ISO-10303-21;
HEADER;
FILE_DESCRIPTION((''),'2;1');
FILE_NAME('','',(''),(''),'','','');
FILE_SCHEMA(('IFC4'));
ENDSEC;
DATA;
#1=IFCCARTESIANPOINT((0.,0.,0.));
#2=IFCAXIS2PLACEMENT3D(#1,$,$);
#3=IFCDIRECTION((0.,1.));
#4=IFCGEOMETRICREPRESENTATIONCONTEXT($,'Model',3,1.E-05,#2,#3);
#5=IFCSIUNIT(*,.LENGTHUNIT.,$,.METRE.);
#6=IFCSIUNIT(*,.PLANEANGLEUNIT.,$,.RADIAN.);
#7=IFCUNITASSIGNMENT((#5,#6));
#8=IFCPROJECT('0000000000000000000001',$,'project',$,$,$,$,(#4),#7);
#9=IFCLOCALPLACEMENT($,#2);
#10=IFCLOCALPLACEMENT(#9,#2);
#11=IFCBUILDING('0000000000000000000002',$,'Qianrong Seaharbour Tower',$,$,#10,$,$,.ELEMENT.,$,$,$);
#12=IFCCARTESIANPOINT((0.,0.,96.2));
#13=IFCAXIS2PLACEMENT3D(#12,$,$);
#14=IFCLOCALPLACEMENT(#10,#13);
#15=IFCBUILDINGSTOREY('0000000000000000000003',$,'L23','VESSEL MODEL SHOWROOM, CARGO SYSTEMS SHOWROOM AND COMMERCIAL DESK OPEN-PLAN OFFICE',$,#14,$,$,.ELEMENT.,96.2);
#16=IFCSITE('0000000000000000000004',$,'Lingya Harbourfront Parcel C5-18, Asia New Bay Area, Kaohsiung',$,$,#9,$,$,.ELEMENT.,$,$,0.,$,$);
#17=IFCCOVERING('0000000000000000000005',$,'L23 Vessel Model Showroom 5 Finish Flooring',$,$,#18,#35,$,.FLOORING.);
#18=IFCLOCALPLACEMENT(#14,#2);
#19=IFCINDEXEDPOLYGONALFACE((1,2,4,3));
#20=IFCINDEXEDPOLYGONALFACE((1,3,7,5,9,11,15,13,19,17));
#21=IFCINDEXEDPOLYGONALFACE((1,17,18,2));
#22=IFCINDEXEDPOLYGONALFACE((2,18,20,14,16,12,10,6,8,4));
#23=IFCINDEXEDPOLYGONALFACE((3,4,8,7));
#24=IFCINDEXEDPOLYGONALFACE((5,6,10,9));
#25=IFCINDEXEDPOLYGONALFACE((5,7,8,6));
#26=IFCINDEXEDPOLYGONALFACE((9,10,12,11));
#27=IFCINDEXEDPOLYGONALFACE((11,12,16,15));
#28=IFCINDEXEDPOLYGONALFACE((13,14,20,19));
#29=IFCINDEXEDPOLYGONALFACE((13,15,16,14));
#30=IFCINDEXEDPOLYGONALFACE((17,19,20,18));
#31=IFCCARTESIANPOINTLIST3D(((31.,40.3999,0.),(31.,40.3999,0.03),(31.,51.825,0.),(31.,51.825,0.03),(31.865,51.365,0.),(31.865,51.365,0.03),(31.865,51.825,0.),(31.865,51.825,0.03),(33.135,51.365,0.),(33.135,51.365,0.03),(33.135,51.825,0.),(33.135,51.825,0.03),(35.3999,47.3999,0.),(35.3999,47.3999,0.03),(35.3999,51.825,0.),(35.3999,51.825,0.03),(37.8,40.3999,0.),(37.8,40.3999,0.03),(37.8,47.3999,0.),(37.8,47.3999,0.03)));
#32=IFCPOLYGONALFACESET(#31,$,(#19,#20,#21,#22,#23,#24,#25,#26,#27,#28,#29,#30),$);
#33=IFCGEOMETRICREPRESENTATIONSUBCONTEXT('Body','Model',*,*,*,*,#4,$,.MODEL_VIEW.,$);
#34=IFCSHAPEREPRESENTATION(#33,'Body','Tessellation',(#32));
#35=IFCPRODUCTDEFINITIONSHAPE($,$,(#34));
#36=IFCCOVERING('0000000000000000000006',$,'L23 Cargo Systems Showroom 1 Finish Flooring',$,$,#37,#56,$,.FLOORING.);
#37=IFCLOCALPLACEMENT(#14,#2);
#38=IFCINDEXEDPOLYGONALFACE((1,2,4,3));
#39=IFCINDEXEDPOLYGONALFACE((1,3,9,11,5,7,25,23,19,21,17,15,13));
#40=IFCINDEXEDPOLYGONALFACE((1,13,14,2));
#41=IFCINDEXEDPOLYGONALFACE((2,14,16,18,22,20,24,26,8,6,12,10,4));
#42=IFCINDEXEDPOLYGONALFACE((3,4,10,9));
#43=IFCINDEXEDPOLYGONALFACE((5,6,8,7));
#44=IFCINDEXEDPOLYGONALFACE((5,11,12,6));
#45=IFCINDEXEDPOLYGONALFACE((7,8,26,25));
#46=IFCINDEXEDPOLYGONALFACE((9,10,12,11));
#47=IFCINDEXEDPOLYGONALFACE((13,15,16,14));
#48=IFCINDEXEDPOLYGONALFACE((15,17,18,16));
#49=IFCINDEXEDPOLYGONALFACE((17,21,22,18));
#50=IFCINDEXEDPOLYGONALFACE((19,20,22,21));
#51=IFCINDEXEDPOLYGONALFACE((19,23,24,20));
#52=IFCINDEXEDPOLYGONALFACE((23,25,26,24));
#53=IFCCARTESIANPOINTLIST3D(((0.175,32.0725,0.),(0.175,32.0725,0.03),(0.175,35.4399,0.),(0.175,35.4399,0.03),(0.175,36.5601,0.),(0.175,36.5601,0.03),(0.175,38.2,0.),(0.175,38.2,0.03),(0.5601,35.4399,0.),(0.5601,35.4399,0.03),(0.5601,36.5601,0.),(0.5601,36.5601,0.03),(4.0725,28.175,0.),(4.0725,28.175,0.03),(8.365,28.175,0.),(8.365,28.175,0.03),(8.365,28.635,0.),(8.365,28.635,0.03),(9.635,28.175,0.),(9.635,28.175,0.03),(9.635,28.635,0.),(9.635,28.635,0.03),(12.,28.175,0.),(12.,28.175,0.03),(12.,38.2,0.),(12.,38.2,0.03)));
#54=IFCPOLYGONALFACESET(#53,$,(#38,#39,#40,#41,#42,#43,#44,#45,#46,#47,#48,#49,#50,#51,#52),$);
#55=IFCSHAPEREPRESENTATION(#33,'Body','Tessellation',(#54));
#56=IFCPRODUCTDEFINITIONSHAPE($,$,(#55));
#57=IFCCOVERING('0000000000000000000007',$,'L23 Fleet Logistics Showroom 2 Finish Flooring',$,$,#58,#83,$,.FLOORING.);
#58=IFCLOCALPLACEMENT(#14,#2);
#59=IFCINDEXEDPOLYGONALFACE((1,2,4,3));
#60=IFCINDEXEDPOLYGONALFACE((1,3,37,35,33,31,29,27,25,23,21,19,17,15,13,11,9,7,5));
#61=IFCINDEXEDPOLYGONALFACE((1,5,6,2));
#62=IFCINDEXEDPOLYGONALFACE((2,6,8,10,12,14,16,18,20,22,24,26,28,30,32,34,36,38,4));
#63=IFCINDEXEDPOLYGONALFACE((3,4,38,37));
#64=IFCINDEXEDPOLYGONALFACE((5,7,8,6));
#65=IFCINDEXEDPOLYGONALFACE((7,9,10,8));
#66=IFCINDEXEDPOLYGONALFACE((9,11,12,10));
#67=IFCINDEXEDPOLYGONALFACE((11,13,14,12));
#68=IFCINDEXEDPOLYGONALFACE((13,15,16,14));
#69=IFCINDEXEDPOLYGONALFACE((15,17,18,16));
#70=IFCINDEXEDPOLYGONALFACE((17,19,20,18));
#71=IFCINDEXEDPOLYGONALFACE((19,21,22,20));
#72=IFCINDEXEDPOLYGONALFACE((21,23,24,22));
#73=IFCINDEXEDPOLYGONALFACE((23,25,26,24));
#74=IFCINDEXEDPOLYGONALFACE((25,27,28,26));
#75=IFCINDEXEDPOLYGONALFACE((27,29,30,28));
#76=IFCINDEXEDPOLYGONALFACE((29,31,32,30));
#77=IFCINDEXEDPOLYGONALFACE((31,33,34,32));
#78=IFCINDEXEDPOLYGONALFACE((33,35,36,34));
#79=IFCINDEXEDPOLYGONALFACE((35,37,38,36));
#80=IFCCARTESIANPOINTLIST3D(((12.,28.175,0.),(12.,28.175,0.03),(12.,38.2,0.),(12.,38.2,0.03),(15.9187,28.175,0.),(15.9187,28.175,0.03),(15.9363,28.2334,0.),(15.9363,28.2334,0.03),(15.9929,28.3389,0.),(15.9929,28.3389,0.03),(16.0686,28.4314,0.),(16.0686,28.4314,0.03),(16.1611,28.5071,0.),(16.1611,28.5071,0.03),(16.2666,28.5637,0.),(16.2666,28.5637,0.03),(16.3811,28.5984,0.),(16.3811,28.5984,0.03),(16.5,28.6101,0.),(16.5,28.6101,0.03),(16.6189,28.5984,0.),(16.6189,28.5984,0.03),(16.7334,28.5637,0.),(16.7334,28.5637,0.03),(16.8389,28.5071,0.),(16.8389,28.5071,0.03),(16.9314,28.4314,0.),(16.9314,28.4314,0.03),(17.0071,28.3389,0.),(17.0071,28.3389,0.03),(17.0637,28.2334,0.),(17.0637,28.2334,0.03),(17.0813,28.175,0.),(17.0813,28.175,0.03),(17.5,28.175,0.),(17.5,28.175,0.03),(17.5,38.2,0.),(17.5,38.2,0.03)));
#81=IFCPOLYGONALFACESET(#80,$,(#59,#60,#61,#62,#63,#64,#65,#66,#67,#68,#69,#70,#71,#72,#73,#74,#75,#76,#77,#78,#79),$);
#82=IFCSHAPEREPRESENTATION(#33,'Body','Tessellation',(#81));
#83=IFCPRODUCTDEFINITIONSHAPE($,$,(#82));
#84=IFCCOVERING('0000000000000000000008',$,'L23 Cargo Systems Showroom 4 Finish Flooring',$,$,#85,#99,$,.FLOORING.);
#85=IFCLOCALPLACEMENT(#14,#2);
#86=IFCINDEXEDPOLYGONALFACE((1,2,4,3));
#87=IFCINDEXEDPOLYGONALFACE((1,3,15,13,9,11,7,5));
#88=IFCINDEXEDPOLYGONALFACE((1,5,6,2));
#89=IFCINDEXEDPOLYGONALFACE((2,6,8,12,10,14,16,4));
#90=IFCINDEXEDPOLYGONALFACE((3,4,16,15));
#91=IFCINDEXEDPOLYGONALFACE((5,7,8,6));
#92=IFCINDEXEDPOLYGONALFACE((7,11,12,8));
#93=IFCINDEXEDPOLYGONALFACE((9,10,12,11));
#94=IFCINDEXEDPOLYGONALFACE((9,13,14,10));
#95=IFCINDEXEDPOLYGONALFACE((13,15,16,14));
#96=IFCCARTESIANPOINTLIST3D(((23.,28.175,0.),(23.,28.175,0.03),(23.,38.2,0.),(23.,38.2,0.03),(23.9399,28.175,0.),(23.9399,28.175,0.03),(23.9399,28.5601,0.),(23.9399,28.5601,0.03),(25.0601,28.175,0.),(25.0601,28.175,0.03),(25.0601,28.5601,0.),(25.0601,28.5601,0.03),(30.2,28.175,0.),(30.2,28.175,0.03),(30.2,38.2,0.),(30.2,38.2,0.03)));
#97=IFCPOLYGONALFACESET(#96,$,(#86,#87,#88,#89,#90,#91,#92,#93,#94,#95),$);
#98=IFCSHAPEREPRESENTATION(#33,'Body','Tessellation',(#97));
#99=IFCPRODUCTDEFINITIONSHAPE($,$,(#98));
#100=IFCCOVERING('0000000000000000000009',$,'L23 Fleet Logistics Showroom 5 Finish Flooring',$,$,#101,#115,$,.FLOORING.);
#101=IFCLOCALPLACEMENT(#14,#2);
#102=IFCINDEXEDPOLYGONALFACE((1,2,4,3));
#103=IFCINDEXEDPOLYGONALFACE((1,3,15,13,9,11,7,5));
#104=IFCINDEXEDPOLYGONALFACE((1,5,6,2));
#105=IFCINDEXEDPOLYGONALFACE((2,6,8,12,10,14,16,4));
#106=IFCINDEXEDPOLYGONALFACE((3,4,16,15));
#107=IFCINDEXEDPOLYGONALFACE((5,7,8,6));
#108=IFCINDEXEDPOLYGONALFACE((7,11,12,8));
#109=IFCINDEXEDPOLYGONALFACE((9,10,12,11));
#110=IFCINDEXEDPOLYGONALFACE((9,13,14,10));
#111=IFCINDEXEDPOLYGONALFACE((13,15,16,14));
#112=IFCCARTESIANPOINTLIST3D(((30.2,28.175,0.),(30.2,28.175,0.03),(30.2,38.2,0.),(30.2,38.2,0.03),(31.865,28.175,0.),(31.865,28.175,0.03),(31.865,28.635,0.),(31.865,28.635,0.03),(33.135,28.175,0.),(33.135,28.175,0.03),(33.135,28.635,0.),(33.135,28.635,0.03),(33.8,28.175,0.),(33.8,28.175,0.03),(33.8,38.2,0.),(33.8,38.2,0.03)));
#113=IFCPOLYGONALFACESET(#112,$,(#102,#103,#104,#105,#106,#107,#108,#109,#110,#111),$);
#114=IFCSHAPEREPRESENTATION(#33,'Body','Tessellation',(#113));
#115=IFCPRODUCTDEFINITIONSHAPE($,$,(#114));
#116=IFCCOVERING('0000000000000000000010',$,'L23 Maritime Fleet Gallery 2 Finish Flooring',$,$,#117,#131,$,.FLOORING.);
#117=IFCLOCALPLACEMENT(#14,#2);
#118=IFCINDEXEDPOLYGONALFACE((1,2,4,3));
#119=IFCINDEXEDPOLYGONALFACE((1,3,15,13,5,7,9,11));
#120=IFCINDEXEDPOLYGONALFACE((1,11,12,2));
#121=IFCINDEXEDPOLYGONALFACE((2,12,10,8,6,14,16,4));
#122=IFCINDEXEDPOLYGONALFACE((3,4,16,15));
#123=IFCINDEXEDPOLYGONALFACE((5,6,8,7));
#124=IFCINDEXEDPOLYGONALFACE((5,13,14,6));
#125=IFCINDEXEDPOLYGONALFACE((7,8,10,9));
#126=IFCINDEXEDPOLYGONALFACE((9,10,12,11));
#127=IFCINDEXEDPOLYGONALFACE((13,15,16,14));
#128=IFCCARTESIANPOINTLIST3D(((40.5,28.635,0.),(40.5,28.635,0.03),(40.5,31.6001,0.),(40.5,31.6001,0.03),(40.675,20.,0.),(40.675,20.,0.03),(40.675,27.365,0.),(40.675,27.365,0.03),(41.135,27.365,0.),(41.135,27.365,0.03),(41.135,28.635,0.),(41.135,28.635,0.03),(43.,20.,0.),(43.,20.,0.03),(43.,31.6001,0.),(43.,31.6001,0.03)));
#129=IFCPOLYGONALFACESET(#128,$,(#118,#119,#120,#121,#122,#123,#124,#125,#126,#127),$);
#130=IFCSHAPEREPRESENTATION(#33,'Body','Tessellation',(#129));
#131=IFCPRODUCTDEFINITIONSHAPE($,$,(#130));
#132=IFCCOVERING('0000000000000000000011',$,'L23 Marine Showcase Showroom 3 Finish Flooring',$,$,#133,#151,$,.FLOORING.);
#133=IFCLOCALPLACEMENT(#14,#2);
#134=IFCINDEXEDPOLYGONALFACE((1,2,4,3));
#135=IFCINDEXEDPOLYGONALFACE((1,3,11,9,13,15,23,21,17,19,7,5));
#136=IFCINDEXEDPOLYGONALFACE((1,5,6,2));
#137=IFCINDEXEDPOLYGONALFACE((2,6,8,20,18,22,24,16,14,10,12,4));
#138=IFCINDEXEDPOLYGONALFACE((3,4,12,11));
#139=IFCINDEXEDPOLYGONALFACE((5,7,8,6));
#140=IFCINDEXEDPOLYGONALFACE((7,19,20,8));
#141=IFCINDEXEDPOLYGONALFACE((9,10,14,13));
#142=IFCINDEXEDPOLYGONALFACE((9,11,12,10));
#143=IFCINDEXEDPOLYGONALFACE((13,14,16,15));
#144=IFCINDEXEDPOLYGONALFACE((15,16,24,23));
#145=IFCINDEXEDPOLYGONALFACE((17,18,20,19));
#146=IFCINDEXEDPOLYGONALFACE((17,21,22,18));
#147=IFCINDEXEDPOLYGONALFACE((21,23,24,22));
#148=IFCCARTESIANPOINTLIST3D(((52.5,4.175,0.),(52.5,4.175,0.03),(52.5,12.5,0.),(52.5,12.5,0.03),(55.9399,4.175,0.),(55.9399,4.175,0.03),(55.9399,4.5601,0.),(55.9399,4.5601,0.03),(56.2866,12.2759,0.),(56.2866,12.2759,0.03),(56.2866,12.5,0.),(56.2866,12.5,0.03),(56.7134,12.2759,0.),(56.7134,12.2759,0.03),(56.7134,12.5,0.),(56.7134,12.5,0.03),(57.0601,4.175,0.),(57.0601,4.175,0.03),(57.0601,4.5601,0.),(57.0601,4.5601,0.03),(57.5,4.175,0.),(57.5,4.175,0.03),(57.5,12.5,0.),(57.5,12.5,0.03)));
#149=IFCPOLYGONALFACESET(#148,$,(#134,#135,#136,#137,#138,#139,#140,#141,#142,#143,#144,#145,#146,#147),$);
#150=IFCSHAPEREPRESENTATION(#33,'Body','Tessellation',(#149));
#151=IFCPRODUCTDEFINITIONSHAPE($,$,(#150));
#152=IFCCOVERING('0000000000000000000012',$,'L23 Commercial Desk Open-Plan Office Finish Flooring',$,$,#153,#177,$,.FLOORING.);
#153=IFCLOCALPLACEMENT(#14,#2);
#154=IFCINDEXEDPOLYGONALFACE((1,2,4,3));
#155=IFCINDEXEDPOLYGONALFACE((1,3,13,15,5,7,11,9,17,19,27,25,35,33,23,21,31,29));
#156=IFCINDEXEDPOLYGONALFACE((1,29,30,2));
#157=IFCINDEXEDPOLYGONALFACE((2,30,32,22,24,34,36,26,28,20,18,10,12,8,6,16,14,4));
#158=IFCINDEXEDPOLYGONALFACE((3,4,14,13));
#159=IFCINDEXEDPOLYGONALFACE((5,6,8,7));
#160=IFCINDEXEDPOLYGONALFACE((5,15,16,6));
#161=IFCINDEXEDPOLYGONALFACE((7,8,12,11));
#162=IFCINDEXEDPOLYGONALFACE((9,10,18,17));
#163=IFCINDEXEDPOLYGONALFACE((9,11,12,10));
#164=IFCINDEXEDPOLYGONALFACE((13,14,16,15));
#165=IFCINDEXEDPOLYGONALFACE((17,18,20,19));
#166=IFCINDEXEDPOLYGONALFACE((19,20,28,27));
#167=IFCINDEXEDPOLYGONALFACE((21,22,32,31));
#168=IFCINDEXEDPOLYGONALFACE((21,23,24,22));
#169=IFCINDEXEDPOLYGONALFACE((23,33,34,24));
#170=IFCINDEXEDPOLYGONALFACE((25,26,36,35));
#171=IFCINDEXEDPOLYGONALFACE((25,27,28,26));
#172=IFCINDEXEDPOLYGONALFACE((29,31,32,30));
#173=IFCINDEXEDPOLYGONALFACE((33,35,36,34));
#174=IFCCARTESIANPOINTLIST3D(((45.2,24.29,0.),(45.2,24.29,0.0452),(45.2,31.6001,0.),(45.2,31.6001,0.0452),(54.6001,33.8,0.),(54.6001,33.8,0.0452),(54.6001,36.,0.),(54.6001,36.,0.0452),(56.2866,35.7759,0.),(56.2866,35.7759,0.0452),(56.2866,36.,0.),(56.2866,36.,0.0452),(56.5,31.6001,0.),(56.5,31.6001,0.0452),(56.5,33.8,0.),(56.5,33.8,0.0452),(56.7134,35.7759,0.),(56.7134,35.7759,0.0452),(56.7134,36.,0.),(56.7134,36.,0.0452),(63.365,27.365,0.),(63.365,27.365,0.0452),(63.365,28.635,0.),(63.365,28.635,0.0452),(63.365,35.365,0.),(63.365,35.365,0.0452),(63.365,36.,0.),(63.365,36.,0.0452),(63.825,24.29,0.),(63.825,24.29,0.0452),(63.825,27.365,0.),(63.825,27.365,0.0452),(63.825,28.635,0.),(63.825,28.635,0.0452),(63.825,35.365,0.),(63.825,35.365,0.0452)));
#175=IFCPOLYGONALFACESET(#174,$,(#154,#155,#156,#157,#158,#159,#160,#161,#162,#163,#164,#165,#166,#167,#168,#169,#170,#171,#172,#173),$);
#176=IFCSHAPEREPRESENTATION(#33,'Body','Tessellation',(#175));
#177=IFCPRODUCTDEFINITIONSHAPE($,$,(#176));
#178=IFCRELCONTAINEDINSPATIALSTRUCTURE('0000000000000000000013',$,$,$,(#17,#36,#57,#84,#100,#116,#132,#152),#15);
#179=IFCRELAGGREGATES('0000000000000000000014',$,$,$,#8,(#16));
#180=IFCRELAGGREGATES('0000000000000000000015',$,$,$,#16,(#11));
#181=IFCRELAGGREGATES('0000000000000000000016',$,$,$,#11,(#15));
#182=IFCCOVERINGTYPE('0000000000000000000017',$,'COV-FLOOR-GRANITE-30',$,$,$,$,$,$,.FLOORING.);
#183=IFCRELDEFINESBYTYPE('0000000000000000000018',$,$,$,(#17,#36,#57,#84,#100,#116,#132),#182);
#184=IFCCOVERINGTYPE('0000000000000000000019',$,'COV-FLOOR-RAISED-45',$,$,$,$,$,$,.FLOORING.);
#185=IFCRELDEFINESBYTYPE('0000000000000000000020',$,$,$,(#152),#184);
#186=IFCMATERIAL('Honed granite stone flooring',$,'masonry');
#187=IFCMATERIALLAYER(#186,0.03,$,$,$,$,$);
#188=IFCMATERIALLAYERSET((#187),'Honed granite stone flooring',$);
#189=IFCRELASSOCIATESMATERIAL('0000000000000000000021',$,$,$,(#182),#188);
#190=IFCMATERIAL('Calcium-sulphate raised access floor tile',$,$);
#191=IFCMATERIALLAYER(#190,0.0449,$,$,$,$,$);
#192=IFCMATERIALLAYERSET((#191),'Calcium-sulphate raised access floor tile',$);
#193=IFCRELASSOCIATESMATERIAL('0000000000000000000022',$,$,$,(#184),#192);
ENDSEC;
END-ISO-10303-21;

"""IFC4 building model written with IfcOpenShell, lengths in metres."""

from ifc_helpers import new_model, si_unit, direction, frame, origin, place, context, subcontext, project, spatial, polyline, outline, extrude, material, layer, layer_set, type_object, element, save


model = new_model("IFC4")

# Units and contexts
model_context = context("Model", 3, precision=1e-05, world=origin(), true_north=direction((0.0, 1.0)))
body_context = subcontext(model_context, "Body", "Model", "MODEL_VIEW")
ifc_project = project(units=[si_unit("LENGTHUNIT", "METRE"), si_unit("PLANEANGLEUNIT", "RADIAN")], contexts=[model_context])

# Site, building, storey
site_placement = place(None, origin())
site = spatial("IfcSite", under=ifc_project, at=site_placement, Name="Lingya Harbourfront Parcel C5-18, Asia New Bay Area, Kaohsiung", CompositionType="ELEMENT", RefElevation=0.0)
building_placement = place(site_placement, origin())
building = spatial("IfcBuilding", under=site, at=building_placement, Name="Qianrong Seaharbour Tower", CompositionType="ELEMENT")
storey_placement = place(building_placement, frame((0.0, 0.0, 96.2)))
storey = spatial("IfcBuildingStorey", under=building, at=storey_placement, Name="L23", Description="VESSEL MODEL SHOWROOM, CARGO SYSTEMS SHOWROOM AND COMMERCIAL DESK OPEN-PLAN OFFICE", CompositionType="ELEMENT", Elevation=96.2)

# Coverings
ifc_material_1 = material(Name="Honed granite stone flooring", Category="masonry")
ifc_layer_1 = layer(ifc_material_1, 0.03)
ifc_layer_set_1 = layer_set([ifc_layer_1], Name="Honed granite stone flooring")
covering_type_1 = type_object("IfcCoveringType", Name="COV-FLOOR-GRANITE-30", PredefinedType="FLOORING", material=ifc_layer_set_1)
covering_1_placement = place(storey_placement, origin())
element("IfcCovering", 1, at=covering_1_placement, inside=storey, type_object=covering_type_1, Name="L23 Vessel Model Showroom 5 Finish Flooring", PredefinedType="FLOORING", context=body_context, shape_type="SweptSolid", body=[
    extrude(outline(polyline([(31.0, 51.825), (31.865, 51.825), (31.865, 51.365), (33.135, 51.365), (33.135, 51.825), (35.3999, 51.825), (35.3999, 47.3999), (37.8, 47.3999), (37.8, 40.3999), (31.0, 40.3999), (31.0, 51.825)])), origin(), (0.0, 0.0, 1.0), 0.03),
])
covering_2_placement = place(storey_placement, origin())
element("IfcCovering", 2, at=covering_2_placement, inside=storey, type_object=covering_type_1, Name="L23 Cargo Systems Showroom 1 Finish Flooring", PredefinedType="FLOORING", context=body_context, shape_type="SweptSolid", body=[
    extrude(outline(polyline([(9.635, 28.175), (9.635, 28.635), (8.365, 28.635), (8.365, 28.175), (4.0725, 28.175), (0.175, 32.0725), (0.175, 35.4399), (0.5601, 35.4399), (0.5601, 36.5601), (0.175, 36.5601), (0.175, 38.2), (12.0, 38.2), (12.0, 28.175), (9.635, 28.175)])), origin(), (0.0, 0.0, 1.0), 0.03),
])
covering_3_placement = place(storey_placement, origin())
element("IfcCovering", 3, at=covering_3_placement, inside=storey, type_object=covering_type_1, Name="L23 Fleet Logistics Showroom 2 Finish Flooring", PredefinedType="FLOORING", context=body_context, shape_type="SweptSolid", body=[
    extrude(outline(polyline([(17.5, 28.175), (17.0813, 28.175), (17.0637, 28.2334), (17.0071, 28.3389), (16.9314, 28.4314), (16.8389, 28.5071), (16.7334, 28.5637), (16.6189, 28.5984), (16.5, 28.6101), (16.3811, 28.5984), (16.2666, 28.5637), (16.1611, 28.5071), (16.0686, 28.4314), (15.9929, 28.3389), (15.9363, 28.2334), (15.9187, 28.175), (12.0, 28.175), (12.0, 38.2), (17.5, 38.2), (17.5, 28.175)])), origin(), (0.0, 0.0, 1.0), 0.03),
])
covering_4_placement = place(storey_placement, origin())
element("IfcCovering", 4, at=covering_4_placement, inside=storey, type_object=covering_type_1, Name="L23 Cargo Systems Showroom 4 Finish Flooring", PredefinedType="FLOORING", context=body_context, shape_type="SweptSolid", body=[
    extrude(outline(polyline([(30.2, 28.175), (25.0601, 28.175), (25.0601, 28.5601), (23.9399, 28.5601), (23.9399, 28.175), (23.0, 28.175), (23.0, 38.2), (30.2, 38.2), (30.2, 28.175)])), origin(), (0.0, 0.0, 1.0), 0.03),
])
covering_5_placement = place(storey_placement, origin())
element("IfcCovering", 5, at=covering_5_placement, inside=storey, type_object=covering_type_1, Name="L23 Fleet Logistics Showroom 5 Finish Flooring", PredefinedType="FLOORING", context=body_context, shape_type="SweptSolid", body=[
    extrude(outline(polyline([(33.8, 28.175), (33.135, 28.175), (33.135, 28.635), (31.865, 28.635), (31.865, 28.175), (30.2, 28.175), (30.2, 38.2), (33.8, 38.2), (33.8, 28.175)])), origin(), (0.0, 0.0, 1.0), 0.03),
])
covering_6_placement = place(storey_placement, origin())
element("IfcCovering", 6, at=covering_6_placement, inside=storey, type_object=covering_type_1, Name="L23 Maritime Fleet Gallery 2 Finish Flooring", PredefinedType="FLOORING", context=body_context, shape_type="SweptSolid", body=[
    extrude(outline(polyline([(43.0, 20.0), (40.675, 20.0), (40.675, 27.365), (41.135, 27.365), (41.135, 28.635), (40.5, 28.635), (40.5, 31.6001), (43.0, 31.6001), (43.0, 20.0)])), origin(), (0.0, 0.0, 1.0), 0.03),
])
covering_7_placement = place(storey_placement, origin())
element("IfcCovering", 7, at=covering_7_placement, inside=storey, type_object=covering_type_1, Name="L23 Marine Showcase Showroom 3 Finish Flooring", PredefinedType="FLOORING", context=body_context, shape_type="SweptSolid", body=[
    extrude(outline(polyline([(57.5, 4.175), (57.0601, 4.175), (57.0601, 4.5601), (55.9399, 4.5601), (55.9399, 4.175), (52.5, 4.175), (52.5, 12.5), (56.2866, 12.5), (56.2866, 12.2759), (56.7134, 12.2759), (56.7134, 12.5), (57.5, 12.5), (57.5, 4.175)])), origin(), (0.0, 0.0, 1.0), 0.03),
])
ifc_material_2 = material(Name="Calcium-sulphate raised access floor tile")
ifc_layer_2 = layer(ifc_material_2, 0.0449)
ifc_layer_set_2 = layer_set([ifc_layer_2], Name="Calcium-sulphate raised access floor tile")
covering_type_2 = type_object("IfcCoveringType", Name="COV-FLOOR-RAISED-45", PredefinedType="FLOORING", material=ifc_layer_set_2)
covering_8_placement = place(storey_placement, origin())
element("IfcCovering", 8, at=covering_8_placement, inside=storey, type_object=covering_type_2, Name="L23 Commercial Desk Open-Plan Office Finish Flooring", PredefinedType="FLOORING", context=body_context, shape_type="SweptSolid", body=[
    extrude(outline(polyline([(56.5, 31.6001), (56.5, 33.8), (54.6001, 33.8), (54.6001, 36.0), (56.2866, 36.0), (56.2866, 35.7759), (56.7134, 35.7759), (56.7134, 36.0), (63.365, 36.0), (63.365, 35.365), (63.825, 35.365), (63.825, 28.635), (63.365, 28.635), (63.365, 27.365), (63.825, 27.365), (63.825, 24.29), (45.2, 24.29), (45.2, 31.6001), (56.5, 31.6001)])), origin(), (0.0, 0.0, 1.0), 0.0452),
])

save(model, "model.ifc")
